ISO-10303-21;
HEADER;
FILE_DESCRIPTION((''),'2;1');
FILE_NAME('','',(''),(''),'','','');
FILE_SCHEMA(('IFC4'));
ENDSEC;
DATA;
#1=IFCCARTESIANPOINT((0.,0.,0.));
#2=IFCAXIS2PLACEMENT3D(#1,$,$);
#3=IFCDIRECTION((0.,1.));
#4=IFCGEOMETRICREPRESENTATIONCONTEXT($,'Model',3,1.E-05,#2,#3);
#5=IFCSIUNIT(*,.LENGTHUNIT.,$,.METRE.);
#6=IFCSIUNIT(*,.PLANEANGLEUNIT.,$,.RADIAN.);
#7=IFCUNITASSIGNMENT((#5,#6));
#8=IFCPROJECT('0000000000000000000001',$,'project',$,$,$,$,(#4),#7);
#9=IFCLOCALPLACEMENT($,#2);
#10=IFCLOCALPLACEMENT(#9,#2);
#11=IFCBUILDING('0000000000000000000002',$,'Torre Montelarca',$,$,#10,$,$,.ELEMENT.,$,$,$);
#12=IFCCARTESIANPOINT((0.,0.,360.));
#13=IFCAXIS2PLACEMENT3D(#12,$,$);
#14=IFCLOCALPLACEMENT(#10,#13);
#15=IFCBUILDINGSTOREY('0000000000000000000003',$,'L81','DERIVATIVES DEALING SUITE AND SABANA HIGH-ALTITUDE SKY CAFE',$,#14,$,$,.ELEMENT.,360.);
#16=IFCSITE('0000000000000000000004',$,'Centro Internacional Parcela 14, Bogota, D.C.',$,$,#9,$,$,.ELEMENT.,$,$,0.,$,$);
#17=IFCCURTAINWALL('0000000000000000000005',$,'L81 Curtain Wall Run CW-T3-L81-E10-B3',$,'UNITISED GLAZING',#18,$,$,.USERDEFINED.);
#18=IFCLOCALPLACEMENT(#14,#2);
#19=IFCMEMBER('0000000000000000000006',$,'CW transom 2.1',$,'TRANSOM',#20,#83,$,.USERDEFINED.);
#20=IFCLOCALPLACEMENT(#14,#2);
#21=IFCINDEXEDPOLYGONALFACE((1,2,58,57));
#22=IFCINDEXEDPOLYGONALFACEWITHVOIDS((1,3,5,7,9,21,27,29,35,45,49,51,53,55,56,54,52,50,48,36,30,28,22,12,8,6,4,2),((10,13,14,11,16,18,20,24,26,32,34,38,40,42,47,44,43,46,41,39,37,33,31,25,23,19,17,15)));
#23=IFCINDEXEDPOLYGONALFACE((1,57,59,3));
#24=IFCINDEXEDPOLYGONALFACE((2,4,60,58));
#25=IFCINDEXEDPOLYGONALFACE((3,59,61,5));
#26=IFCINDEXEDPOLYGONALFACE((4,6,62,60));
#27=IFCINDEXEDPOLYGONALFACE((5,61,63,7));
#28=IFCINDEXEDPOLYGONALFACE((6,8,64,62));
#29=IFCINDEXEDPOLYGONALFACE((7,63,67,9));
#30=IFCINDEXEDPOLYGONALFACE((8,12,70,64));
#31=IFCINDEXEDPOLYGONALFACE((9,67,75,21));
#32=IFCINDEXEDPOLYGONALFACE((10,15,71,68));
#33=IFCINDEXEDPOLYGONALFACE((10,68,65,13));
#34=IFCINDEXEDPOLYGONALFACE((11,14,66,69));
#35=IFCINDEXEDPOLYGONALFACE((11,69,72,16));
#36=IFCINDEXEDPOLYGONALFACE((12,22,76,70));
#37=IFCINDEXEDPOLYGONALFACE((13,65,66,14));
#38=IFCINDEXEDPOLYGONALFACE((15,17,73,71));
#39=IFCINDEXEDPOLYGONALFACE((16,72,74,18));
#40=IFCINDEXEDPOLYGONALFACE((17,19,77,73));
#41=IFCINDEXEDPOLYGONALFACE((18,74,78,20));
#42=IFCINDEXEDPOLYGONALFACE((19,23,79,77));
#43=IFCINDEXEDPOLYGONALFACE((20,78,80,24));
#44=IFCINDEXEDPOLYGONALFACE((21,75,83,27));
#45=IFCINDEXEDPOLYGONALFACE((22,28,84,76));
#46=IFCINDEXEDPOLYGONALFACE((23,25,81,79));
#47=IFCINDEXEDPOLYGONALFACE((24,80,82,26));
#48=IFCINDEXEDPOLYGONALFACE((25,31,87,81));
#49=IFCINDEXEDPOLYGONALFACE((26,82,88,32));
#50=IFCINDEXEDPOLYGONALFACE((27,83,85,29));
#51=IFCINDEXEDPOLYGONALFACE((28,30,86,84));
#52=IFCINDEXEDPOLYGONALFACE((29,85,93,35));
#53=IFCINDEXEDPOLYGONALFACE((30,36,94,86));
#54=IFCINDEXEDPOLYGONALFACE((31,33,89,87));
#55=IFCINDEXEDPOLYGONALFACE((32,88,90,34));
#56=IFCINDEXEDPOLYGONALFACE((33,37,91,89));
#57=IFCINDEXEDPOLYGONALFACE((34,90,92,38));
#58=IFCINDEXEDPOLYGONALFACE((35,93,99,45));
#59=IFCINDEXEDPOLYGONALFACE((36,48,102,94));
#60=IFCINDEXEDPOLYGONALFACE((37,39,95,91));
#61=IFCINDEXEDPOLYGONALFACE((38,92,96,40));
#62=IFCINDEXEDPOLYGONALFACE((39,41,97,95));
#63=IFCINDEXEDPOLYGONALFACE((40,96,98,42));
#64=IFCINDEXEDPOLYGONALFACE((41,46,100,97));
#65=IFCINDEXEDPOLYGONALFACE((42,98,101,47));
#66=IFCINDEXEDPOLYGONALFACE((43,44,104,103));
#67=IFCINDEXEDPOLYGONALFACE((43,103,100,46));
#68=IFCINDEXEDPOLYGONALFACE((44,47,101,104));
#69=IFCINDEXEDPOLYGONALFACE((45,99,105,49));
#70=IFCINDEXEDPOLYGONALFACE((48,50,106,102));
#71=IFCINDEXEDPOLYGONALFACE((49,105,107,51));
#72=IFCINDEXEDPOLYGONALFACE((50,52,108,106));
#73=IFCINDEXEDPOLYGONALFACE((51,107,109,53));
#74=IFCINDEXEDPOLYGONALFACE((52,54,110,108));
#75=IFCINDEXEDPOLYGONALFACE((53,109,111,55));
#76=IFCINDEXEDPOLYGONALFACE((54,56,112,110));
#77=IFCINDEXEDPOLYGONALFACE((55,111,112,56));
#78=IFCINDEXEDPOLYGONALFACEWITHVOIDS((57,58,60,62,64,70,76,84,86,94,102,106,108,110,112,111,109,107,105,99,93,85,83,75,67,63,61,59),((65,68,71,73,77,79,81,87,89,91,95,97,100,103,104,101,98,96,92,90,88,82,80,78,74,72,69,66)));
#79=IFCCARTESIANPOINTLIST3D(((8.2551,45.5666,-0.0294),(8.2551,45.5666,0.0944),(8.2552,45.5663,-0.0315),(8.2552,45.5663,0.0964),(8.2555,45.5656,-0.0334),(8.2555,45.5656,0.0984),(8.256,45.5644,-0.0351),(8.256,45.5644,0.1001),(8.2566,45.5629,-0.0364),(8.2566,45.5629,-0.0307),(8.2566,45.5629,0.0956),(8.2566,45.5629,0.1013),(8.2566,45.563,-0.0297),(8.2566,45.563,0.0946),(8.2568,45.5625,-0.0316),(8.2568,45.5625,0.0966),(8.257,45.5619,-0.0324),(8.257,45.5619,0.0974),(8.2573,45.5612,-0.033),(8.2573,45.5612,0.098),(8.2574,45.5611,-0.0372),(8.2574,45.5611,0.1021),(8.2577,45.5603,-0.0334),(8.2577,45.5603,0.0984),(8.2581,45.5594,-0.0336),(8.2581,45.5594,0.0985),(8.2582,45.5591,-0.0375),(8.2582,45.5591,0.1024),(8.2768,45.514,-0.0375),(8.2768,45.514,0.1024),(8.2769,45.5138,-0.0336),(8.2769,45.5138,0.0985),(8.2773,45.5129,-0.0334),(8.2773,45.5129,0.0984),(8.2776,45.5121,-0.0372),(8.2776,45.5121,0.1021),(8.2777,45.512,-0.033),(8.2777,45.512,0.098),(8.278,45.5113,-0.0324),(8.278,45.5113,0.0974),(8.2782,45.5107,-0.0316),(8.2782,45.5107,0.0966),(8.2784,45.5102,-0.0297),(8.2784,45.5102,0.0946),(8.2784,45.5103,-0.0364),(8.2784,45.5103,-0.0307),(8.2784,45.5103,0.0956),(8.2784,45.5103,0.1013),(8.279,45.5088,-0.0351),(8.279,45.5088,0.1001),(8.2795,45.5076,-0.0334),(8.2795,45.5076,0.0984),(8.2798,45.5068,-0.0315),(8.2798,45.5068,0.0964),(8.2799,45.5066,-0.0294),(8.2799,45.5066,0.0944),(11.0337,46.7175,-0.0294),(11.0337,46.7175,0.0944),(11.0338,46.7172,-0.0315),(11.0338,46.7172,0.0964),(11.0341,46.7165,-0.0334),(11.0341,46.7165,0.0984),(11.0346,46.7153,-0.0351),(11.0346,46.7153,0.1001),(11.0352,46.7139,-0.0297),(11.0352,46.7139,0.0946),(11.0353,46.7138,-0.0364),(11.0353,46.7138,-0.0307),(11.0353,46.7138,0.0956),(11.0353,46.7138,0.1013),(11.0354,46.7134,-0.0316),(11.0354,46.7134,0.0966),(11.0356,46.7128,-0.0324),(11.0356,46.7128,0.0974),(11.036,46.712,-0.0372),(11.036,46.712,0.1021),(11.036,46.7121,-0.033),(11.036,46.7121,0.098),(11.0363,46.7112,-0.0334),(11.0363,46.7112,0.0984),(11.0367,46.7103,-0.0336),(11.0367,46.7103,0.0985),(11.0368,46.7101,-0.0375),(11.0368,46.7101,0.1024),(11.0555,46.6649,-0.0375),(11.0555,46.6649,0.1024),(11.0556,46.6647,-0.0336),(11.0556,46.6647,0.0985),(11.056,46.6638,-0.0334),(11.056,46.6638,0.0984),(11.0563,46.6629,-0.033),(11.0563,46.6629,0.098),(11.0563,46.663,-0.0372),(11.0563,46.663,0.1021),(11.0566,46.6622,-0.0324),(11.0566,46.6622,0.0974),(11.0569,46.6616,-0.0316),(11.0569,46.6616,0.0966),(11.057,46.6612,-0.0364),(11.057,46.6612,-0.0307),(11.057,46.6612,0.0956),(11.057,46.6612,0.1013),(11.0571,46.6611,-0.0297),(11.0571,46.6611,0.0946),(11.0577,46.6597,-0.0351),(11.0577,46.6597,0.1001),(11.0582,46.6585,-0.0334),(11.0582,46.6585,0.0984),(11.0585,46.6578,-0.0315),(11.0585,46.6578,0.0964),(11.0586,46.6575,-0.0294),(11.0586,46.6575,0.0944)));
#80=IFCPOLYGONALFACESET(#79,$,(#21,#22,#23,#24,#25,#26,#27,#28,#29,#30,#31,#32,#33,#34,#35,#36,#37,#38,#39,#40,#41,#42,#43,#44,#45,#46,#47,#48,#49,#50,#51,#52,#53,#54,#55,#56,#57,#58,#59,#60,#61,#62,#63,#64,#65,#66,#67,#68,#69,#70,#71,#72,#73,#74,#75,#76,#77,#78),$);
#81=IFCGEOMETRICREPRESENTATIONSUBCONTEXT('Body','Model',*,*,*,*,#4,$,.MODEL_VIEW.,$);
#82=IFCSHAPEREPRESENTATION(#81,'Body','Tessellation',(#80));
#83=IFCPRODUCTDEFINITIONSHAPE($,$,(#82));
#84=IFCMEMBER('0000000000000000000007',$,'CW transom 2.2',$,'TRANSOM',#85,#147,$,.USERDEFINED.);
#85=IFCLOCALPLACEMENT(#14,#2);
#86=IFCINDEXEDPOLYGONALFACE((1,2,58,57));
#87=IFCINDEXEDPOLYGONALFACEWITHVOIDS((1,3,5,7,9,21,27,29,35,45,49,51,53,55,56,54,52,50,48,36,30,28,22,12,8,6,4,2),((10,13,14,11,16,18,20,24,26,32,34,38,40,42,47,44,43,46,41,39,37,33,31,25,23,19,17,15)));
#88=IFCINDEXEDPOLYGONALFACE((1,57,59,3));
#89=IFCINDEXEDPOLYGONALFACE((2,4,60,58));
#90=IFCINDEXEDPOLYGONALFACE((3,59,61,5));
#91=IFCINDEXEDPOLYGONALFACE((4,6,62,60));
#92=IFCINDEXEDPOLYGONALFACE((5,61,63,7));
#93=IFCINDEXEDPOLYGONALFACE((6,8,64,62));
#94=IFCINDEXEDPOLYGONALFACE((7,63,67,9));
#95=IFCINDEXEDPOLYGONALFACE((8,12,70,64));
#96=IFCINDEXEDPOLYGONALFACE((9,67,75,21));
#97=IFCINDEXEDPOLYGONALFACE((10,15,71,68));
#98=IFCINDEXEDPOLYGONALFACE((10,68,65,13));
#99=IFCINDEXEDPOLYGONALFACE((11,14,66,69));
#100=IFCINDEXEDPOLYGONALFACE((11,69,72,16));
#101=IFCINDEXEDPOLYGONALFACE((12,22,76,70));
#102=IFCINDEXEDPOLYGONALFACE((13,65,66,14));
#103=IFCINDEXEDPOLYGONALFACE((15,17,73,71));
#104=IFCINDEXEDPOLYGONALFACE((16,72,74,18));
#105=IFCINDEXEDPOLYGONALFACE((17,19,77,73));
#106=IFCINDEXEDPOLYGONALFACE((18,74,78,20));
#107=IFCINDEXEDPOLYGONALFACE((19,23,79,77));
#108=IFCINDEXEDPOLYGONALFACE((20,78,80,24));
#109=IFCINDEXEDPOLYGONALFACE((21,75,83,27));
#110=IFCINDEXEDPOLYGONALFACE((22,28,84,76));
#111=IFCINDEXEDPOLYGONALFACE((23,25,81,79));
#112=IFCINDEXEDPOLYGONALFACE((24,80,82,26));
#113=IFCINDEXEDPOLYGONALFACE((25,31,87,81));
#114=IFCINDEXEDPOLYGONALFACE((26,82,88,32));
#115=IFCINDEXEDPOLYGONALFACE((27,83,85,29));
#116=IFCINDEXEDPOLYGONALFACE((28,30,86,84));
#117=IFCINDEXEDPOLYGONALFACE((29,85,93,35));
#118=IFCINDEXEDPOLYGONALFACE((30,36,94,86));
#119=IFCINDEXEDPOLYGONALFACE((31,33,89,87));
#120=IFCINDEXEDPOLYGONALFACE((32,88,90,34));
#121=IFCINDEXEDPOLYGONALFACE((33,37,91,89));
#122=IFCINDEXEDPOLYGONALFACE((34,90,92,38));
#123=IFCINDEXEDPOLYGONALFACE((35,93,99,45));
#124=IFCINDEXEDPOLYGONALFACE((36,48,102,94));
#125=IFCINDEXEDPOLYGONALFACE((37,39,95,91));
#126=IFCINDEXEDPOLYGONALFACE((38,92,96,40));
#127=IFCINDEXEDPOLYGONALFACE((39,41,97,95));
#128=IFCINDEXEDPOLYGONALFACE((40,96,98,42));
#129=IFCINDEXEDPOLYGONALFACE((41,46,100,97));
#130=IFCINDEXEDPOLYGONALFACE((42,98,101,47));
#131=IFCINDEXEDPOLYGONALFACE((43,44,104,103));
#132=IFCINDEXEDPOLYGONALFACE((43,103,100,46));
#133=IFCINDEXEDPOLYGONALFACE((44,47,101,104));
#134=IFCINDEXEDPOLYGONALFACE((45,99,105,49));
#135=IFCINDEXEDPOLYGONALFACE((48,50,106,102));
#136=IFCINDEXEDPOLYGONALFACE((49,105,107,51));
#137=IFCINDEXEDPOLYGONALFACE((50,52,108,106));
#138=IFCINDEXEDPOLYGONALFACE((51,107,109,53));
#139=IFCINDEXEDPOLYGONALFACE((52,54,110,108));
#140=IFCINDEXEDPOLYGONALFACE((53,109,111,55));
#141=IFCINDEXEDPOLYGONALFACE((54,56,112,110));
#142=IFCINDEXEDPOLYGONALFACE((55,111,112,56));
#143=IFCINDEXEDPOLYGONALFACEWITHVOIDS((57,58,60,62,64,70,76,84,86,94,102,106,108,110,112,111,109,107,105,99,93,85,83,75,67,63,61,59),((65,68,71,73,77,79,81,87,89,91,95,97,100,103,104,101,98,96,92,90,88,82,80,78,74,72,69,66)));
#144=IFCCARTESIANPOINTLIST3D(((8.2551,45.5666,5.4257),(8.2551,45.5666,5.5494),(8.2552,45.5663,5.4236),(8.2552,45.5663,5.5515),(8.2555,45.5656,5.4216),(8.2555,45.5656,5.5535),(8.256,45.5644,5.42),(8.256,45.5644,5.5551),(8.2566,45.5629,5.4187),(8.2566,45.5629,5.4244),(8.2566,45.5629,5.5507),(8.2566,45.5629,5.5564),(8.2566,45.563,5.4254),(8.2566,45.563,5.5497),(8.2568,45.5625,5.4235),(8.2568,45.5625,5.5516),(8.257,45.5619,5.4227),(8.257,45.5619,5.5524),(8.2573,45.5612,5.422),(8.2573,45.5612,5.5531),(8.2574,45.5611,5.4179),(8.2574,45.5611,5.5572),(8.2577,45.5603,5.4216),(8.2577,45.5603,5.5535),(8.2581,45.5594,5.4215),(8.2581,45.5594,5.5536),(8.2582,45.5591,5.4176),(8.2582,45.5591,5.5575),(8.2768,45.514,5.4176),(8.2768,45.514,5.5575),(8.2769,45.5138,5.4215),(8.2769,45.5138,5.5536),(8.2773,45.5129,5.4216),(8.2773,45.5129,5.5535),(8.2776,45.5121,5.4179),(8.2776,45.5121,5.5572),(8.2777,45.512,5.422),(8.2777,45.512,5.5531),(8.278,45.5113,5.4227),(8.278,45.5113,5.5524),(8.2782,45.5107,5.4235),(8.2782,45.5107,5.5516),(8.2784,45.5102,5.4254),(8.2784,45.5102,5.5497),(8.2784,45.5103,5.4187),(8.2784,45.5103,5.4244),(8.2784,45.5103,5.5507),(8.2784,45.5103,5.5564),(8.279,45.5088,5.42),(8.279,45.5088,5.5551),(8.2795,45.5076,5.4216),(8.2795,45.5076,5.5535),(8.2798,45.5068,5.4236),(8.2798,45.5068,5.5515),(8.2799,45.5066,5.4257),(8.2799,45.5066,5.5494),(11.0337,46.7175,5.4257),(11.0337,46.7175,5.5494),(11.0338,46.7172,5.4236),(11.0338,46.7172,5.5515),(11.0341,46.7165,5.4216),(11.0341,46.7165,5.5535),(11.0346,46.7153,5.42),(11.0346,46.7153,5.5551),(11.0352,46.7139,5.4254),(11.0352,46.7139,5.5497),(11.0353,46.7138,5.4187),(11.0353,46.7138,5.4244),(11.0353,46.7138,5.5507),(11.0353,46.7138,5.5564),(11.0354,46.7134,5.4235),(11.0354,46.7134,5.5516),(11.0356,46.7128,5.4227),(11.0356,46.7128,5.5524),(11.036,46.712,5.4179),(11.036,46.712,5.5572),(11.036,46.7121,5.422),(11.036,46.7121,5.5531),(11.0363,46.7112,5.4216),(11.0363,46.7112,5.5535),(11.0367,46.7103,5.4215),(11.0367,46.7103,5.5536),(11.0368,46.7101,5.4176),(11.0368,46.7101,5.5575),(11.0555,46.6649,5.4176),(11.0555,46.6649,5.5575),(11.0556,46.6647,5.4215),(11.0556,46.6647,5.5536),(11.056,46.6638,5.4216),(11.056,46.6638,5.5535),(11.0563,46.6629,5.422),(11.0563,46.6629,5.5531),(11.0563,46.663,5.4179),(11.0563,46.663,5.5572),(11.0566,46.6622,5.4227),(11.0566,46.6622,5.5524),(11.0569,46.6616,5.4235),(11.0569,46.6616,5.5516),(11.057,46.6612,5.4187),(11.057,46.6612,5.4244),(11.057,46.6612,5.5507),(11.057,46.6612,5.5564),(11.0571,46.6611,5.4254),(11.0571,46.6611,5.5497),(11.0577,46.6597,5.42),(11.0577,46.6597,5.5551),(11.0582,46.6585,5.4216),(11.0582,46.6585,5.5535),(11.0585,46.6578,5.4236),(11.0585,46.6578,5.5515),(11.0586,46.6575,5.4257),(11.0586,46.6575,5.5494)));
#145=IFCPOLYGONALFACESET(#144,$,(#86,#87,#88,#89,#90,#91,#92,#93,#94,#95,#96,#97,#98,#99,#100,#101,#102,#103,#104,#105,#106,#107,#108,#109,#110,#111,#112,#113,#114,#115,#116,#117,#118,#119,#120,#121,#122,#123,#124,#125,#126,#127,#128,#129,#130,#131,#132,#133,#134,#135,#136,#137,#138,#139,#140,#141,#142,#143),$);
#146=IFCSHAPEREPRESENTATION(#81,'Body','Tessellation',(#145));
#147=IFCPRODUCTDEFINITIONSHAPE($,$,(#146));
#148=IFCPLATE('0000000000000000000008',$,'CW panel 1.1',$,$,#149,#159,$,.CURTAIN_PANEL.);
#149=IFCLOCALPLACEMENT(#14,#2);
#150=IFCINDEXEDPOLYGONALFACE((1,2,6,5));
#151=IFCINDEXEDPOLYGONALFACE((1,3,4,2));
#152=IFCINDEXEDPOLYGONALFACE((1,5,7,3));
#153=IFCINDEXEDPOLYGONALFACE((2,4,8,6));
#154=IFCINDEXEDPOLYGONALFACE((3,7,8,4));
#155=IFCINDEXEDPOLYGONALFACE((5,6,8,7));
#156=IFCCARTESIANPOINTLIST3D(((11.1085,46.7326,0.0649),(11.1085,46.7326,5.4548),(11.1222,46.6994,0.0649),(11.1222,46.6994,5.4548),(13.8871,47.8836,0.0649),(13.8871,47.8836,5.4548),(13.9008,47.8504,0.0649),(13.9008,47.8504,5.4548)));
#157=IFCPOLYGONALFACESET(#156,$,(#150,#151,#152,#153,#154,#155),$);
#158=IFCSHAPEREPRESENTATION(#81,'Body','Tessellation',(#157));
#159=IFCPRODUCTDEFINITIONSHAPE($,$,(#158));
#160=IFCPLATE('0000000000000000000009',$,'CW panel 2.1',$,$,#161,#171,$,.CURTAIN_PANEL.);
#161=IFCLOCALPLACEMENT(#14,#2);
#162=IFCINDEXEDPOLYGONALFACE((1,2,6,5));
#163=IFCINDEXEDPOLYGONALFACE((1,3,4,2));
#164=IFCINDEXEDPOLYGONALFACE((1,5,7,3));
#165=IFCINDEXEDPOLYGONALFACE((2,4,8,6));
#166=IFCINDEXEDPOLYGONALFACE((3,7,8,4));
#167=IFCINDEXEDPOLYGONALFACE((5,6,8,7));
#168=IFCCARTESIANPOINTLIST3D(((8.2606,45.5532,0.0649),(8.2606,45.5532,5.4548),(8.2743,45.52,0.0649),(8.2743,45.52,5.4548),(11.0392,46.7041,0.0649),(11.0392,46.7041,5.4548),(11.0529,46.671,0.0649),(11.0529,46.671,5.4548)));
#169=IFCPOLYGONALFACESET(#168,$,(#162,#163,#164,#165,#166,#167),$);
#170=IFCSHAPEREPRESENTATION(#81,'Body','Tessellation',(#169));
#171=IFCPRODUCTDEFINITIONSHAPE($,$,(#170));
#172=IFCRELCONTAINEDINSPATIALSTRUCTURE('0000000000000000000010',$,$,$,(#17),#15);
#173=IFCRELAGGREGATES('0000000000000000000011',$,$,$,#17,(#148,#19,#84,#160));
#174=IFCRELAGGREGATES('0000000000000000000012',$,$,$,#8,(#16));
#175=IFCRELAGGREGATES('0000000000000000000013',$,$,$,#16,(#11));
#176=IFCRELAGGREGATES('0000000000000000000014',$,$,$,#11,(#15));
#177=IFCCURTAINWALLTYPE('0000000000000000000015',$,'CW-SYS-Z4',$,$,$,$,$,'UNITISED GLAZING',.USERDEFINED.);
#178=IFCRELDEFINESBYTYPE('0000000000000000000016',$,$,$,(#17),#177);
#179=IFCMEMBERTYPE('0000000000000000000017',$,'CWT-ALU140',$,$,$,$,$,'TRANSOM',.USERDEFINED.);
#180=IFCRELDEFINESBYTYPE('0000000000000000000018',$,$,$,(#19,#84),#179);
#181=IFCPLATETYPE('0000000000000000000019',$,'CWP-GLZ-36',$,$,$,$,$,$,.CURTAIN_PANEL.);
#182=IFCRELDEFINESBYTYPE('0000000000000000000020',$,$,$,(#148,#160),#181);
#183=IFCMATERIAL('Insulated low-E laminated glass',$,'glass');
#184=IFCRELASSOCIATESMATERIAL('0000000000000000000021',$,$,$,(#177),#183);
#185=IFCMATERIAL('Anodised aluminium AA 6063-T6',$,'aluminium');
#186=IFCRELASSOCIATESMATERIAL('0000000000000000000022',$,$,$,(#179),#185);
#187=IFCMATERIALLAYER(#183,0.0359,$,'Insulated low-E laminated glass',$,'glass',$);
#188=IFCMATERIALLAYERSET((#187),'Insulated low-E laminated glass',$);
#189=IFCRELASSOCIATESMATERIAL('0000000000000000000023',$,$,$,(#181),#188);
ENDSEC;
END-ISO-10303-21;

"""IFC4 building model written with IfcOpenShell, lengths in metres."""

from ifc_helpers import new_model, si_unit, direction, frame, origin, origin_2d, place, context, subcontext, project, spatial, rectangle, hollow_rectangle, extrude, source, transform, mapped, material, layer, layer_set, material_profile, profile_set, type_object, element, aggregate, save


model = new_model("IFC4")

# Units and contexts
model_context = context("Model", 3, precision=1e-05, world=origin(), true_north=direction((0.0, 1.0)))
body_context = subcontext(model_context, "Body", "Model", "MODEL_VIEW")
ifc_project = project(units=[si_unit("LENGTHUNIT", "METRE"), si_unit("PLANEANGLEUNIT", "RADIAN")], contexts=[model_context])

# Site, building, storey
site_placement = place(None, origin())
site = spatial("IfcSite", under=ifc_project, at=site_placement, Name="Centro Internacional Parcela 14, Bogota, D.C.", CompositionType="ELEMENT", RefElevation=0.0)
building_placement = place(site_placement, origin())
building = spatial("IfcBuilding", under=site, at=building_placement, Name="Torre Montelarca", CompositionType="ELEMENT")
storey_placement = place(building_placement, frame((0.0, 0.0, 360.0)))
storey = spatial("IfcBuildingStorey", under=building, at=storey_placement, Name="L81", Description="DERIVATIVES DEALING SUITE AND SABANA HIGH-ALTITUDE SKY CAFE", CompositionType="ELEMENT", Elevation=360.0)

# Curtain wall, members, plates
ifc_material_1 = material(Name="Insulated low-E laminated glass", Category="glass")
curtain_wall_type = type_object("IfcCurtainWallType", Name="CW-SYS-Z4", ElementType="UNITISED GLAZING", PredefinedType="USERDEFINED", material=ifc_material_1)
curtain_wall_placement = place(storey_placement, origin())
curtain_wall = element("IfcCurtainWall", 1, at=curtain_wall_placement, inside=storey, type_object=curtain_wall_type, Name="L81 Curtain Wall Run CW-T3-L81-E10-B3", ObjectType="UNITISED GLAZING", PredefinedType="USERDEFINED")
ifc_material_2 = material(Name="Anodised aluminium AA 6063-T6", Category="aluminium")
ifc_material_profile_1 = material_profile(ifc_material_2, hollow_rectangle(XDim=0.0649, YDim=0.1399, WallThickness=0.0039, InnerFilletRadius=0.0039, OuterFilletRadius=0.0081, at=origin_2d()), Name="ALU65X140X4", Category="aluminium")
ifc_profile_set_1 = profile_set([ifc_material_profile_1], Name="Anodised aluminium AA 6063-T6")
member_type_1 = type_object("IfcMemberType", Name="CWT-ALU140", ElementType="TRANSOM", PredefinedType="USERDEFINED", material=ifc_profile_set_1)
shared_shape_1 = source(origin(), body_context, "Body", "SweptSolid", [
    extrude(hollow_rectangle(XDim=0.0649, YDim=0.1399, WallThickness=0.0039, InnerFilletRadius=0.0039, OuterFilletRadius=0.0081, at=origin_2d()), origin(), (0.0, 0.0, 1.0), 3.0076),
])
member_1_placement = place(storey_placement, frame((11.0461, 46.6875, 0.0325), z_axis=(-0.923884, -0.382672, 0.0), x_axis=(0.382672, -0.923884, 0.0)))
member_1 = element("IfcMember", 2, at=member_1_placement, type_object=member_type_1, Name="CW transom 2.1", ObjectType="TRANSOM", PredefinedType="USERDEFINED", context=body_context, shape_type="MappedRepresentation", body=[
    mapped(shared_shape_1, transform((0.0, 0.0, 0.0), scale=1.0)),
])
member_2_placement = place(storey_placement, frame((11.0461, 46.6875, 5.4875), z_axis=(-0.923884, -0.382672, 0.0), x_axis=(0.382672, -0.923884, 0.0)))
member_2 = element("IfcMember", 3, at=member_2_placement, type_object=member_type_1, Name="CW transom 2.2", ObjectType="TRANSOM", PredefinedType="USERDEFINED", context=body_context, shape_type="MappedRepresentation", body=[
    mapped(shared_shape_1, transform((0.0, 0.0, 0.0), scale=1.0)),
])
ifc_layer_1 = layer(ifc_material_1, 0.0359, Name="Insulated low-E laminated glass", Category="glass")
ifc_layer_set_1 = layer_set([ifc_layer_1], Name="Insulated low-E laminated glass")
plate_type = type_object("IfcPlateType", Name="CWP-GLZ-36", PredefinedType="CURTAIN_PANEL", material=ifc_layer_set_1)
shared_shape_2 = source(origin(), body_context, "Body", "SweptSolid", [
    extrude(rectangle(XDim=3.0076, YDim=0.0359, at=origin_2d()), origin(), (0.0, 0.0, 1.0), 5.3899),
])
plate_1_placement = place(storey_placement, frame((12.5046, 47.2915, 0.0649), z_axis=(0.0, 0.0, 1.0), x_axis=(-0.923879, -0.382686, 0.0)))
plate_1 = element("IfcPlate", 4, at=plate_1_placement, type_object=plate_type, Name="CW panel 1.1", PredefinedType="CURTAIN_PANEL", context=body_context, shape_type="MappedRepresentation", body=[
    mapped(shared_shape_2, transform((0.0, 0.0, 0.0), scale=1.0)),
])
plate_2_placement = place(storey_placement, frame((9.6567, 46.1121, 0.0649), z_axis=(0.0, 0.0, 1.0), x_axis=(-0.923879, -0.382686, 0.0)))
plate_2 = element("IfcPlate", 5, at=plate_2_placement, type_object=plate_type, Name="CW panel 2.1", PredefinedType="CURTAIN_PANEL", context=body_context, shape_type="MappedRepresentation", body=[
    mapped(shared_shape_2, transform((0.0, 0.0, 0.0), scale=1.0)),
])
aggregate(curtain_wall, [plate_1, member_1, member_2, plate_2])

save(model, "model.ifc")
